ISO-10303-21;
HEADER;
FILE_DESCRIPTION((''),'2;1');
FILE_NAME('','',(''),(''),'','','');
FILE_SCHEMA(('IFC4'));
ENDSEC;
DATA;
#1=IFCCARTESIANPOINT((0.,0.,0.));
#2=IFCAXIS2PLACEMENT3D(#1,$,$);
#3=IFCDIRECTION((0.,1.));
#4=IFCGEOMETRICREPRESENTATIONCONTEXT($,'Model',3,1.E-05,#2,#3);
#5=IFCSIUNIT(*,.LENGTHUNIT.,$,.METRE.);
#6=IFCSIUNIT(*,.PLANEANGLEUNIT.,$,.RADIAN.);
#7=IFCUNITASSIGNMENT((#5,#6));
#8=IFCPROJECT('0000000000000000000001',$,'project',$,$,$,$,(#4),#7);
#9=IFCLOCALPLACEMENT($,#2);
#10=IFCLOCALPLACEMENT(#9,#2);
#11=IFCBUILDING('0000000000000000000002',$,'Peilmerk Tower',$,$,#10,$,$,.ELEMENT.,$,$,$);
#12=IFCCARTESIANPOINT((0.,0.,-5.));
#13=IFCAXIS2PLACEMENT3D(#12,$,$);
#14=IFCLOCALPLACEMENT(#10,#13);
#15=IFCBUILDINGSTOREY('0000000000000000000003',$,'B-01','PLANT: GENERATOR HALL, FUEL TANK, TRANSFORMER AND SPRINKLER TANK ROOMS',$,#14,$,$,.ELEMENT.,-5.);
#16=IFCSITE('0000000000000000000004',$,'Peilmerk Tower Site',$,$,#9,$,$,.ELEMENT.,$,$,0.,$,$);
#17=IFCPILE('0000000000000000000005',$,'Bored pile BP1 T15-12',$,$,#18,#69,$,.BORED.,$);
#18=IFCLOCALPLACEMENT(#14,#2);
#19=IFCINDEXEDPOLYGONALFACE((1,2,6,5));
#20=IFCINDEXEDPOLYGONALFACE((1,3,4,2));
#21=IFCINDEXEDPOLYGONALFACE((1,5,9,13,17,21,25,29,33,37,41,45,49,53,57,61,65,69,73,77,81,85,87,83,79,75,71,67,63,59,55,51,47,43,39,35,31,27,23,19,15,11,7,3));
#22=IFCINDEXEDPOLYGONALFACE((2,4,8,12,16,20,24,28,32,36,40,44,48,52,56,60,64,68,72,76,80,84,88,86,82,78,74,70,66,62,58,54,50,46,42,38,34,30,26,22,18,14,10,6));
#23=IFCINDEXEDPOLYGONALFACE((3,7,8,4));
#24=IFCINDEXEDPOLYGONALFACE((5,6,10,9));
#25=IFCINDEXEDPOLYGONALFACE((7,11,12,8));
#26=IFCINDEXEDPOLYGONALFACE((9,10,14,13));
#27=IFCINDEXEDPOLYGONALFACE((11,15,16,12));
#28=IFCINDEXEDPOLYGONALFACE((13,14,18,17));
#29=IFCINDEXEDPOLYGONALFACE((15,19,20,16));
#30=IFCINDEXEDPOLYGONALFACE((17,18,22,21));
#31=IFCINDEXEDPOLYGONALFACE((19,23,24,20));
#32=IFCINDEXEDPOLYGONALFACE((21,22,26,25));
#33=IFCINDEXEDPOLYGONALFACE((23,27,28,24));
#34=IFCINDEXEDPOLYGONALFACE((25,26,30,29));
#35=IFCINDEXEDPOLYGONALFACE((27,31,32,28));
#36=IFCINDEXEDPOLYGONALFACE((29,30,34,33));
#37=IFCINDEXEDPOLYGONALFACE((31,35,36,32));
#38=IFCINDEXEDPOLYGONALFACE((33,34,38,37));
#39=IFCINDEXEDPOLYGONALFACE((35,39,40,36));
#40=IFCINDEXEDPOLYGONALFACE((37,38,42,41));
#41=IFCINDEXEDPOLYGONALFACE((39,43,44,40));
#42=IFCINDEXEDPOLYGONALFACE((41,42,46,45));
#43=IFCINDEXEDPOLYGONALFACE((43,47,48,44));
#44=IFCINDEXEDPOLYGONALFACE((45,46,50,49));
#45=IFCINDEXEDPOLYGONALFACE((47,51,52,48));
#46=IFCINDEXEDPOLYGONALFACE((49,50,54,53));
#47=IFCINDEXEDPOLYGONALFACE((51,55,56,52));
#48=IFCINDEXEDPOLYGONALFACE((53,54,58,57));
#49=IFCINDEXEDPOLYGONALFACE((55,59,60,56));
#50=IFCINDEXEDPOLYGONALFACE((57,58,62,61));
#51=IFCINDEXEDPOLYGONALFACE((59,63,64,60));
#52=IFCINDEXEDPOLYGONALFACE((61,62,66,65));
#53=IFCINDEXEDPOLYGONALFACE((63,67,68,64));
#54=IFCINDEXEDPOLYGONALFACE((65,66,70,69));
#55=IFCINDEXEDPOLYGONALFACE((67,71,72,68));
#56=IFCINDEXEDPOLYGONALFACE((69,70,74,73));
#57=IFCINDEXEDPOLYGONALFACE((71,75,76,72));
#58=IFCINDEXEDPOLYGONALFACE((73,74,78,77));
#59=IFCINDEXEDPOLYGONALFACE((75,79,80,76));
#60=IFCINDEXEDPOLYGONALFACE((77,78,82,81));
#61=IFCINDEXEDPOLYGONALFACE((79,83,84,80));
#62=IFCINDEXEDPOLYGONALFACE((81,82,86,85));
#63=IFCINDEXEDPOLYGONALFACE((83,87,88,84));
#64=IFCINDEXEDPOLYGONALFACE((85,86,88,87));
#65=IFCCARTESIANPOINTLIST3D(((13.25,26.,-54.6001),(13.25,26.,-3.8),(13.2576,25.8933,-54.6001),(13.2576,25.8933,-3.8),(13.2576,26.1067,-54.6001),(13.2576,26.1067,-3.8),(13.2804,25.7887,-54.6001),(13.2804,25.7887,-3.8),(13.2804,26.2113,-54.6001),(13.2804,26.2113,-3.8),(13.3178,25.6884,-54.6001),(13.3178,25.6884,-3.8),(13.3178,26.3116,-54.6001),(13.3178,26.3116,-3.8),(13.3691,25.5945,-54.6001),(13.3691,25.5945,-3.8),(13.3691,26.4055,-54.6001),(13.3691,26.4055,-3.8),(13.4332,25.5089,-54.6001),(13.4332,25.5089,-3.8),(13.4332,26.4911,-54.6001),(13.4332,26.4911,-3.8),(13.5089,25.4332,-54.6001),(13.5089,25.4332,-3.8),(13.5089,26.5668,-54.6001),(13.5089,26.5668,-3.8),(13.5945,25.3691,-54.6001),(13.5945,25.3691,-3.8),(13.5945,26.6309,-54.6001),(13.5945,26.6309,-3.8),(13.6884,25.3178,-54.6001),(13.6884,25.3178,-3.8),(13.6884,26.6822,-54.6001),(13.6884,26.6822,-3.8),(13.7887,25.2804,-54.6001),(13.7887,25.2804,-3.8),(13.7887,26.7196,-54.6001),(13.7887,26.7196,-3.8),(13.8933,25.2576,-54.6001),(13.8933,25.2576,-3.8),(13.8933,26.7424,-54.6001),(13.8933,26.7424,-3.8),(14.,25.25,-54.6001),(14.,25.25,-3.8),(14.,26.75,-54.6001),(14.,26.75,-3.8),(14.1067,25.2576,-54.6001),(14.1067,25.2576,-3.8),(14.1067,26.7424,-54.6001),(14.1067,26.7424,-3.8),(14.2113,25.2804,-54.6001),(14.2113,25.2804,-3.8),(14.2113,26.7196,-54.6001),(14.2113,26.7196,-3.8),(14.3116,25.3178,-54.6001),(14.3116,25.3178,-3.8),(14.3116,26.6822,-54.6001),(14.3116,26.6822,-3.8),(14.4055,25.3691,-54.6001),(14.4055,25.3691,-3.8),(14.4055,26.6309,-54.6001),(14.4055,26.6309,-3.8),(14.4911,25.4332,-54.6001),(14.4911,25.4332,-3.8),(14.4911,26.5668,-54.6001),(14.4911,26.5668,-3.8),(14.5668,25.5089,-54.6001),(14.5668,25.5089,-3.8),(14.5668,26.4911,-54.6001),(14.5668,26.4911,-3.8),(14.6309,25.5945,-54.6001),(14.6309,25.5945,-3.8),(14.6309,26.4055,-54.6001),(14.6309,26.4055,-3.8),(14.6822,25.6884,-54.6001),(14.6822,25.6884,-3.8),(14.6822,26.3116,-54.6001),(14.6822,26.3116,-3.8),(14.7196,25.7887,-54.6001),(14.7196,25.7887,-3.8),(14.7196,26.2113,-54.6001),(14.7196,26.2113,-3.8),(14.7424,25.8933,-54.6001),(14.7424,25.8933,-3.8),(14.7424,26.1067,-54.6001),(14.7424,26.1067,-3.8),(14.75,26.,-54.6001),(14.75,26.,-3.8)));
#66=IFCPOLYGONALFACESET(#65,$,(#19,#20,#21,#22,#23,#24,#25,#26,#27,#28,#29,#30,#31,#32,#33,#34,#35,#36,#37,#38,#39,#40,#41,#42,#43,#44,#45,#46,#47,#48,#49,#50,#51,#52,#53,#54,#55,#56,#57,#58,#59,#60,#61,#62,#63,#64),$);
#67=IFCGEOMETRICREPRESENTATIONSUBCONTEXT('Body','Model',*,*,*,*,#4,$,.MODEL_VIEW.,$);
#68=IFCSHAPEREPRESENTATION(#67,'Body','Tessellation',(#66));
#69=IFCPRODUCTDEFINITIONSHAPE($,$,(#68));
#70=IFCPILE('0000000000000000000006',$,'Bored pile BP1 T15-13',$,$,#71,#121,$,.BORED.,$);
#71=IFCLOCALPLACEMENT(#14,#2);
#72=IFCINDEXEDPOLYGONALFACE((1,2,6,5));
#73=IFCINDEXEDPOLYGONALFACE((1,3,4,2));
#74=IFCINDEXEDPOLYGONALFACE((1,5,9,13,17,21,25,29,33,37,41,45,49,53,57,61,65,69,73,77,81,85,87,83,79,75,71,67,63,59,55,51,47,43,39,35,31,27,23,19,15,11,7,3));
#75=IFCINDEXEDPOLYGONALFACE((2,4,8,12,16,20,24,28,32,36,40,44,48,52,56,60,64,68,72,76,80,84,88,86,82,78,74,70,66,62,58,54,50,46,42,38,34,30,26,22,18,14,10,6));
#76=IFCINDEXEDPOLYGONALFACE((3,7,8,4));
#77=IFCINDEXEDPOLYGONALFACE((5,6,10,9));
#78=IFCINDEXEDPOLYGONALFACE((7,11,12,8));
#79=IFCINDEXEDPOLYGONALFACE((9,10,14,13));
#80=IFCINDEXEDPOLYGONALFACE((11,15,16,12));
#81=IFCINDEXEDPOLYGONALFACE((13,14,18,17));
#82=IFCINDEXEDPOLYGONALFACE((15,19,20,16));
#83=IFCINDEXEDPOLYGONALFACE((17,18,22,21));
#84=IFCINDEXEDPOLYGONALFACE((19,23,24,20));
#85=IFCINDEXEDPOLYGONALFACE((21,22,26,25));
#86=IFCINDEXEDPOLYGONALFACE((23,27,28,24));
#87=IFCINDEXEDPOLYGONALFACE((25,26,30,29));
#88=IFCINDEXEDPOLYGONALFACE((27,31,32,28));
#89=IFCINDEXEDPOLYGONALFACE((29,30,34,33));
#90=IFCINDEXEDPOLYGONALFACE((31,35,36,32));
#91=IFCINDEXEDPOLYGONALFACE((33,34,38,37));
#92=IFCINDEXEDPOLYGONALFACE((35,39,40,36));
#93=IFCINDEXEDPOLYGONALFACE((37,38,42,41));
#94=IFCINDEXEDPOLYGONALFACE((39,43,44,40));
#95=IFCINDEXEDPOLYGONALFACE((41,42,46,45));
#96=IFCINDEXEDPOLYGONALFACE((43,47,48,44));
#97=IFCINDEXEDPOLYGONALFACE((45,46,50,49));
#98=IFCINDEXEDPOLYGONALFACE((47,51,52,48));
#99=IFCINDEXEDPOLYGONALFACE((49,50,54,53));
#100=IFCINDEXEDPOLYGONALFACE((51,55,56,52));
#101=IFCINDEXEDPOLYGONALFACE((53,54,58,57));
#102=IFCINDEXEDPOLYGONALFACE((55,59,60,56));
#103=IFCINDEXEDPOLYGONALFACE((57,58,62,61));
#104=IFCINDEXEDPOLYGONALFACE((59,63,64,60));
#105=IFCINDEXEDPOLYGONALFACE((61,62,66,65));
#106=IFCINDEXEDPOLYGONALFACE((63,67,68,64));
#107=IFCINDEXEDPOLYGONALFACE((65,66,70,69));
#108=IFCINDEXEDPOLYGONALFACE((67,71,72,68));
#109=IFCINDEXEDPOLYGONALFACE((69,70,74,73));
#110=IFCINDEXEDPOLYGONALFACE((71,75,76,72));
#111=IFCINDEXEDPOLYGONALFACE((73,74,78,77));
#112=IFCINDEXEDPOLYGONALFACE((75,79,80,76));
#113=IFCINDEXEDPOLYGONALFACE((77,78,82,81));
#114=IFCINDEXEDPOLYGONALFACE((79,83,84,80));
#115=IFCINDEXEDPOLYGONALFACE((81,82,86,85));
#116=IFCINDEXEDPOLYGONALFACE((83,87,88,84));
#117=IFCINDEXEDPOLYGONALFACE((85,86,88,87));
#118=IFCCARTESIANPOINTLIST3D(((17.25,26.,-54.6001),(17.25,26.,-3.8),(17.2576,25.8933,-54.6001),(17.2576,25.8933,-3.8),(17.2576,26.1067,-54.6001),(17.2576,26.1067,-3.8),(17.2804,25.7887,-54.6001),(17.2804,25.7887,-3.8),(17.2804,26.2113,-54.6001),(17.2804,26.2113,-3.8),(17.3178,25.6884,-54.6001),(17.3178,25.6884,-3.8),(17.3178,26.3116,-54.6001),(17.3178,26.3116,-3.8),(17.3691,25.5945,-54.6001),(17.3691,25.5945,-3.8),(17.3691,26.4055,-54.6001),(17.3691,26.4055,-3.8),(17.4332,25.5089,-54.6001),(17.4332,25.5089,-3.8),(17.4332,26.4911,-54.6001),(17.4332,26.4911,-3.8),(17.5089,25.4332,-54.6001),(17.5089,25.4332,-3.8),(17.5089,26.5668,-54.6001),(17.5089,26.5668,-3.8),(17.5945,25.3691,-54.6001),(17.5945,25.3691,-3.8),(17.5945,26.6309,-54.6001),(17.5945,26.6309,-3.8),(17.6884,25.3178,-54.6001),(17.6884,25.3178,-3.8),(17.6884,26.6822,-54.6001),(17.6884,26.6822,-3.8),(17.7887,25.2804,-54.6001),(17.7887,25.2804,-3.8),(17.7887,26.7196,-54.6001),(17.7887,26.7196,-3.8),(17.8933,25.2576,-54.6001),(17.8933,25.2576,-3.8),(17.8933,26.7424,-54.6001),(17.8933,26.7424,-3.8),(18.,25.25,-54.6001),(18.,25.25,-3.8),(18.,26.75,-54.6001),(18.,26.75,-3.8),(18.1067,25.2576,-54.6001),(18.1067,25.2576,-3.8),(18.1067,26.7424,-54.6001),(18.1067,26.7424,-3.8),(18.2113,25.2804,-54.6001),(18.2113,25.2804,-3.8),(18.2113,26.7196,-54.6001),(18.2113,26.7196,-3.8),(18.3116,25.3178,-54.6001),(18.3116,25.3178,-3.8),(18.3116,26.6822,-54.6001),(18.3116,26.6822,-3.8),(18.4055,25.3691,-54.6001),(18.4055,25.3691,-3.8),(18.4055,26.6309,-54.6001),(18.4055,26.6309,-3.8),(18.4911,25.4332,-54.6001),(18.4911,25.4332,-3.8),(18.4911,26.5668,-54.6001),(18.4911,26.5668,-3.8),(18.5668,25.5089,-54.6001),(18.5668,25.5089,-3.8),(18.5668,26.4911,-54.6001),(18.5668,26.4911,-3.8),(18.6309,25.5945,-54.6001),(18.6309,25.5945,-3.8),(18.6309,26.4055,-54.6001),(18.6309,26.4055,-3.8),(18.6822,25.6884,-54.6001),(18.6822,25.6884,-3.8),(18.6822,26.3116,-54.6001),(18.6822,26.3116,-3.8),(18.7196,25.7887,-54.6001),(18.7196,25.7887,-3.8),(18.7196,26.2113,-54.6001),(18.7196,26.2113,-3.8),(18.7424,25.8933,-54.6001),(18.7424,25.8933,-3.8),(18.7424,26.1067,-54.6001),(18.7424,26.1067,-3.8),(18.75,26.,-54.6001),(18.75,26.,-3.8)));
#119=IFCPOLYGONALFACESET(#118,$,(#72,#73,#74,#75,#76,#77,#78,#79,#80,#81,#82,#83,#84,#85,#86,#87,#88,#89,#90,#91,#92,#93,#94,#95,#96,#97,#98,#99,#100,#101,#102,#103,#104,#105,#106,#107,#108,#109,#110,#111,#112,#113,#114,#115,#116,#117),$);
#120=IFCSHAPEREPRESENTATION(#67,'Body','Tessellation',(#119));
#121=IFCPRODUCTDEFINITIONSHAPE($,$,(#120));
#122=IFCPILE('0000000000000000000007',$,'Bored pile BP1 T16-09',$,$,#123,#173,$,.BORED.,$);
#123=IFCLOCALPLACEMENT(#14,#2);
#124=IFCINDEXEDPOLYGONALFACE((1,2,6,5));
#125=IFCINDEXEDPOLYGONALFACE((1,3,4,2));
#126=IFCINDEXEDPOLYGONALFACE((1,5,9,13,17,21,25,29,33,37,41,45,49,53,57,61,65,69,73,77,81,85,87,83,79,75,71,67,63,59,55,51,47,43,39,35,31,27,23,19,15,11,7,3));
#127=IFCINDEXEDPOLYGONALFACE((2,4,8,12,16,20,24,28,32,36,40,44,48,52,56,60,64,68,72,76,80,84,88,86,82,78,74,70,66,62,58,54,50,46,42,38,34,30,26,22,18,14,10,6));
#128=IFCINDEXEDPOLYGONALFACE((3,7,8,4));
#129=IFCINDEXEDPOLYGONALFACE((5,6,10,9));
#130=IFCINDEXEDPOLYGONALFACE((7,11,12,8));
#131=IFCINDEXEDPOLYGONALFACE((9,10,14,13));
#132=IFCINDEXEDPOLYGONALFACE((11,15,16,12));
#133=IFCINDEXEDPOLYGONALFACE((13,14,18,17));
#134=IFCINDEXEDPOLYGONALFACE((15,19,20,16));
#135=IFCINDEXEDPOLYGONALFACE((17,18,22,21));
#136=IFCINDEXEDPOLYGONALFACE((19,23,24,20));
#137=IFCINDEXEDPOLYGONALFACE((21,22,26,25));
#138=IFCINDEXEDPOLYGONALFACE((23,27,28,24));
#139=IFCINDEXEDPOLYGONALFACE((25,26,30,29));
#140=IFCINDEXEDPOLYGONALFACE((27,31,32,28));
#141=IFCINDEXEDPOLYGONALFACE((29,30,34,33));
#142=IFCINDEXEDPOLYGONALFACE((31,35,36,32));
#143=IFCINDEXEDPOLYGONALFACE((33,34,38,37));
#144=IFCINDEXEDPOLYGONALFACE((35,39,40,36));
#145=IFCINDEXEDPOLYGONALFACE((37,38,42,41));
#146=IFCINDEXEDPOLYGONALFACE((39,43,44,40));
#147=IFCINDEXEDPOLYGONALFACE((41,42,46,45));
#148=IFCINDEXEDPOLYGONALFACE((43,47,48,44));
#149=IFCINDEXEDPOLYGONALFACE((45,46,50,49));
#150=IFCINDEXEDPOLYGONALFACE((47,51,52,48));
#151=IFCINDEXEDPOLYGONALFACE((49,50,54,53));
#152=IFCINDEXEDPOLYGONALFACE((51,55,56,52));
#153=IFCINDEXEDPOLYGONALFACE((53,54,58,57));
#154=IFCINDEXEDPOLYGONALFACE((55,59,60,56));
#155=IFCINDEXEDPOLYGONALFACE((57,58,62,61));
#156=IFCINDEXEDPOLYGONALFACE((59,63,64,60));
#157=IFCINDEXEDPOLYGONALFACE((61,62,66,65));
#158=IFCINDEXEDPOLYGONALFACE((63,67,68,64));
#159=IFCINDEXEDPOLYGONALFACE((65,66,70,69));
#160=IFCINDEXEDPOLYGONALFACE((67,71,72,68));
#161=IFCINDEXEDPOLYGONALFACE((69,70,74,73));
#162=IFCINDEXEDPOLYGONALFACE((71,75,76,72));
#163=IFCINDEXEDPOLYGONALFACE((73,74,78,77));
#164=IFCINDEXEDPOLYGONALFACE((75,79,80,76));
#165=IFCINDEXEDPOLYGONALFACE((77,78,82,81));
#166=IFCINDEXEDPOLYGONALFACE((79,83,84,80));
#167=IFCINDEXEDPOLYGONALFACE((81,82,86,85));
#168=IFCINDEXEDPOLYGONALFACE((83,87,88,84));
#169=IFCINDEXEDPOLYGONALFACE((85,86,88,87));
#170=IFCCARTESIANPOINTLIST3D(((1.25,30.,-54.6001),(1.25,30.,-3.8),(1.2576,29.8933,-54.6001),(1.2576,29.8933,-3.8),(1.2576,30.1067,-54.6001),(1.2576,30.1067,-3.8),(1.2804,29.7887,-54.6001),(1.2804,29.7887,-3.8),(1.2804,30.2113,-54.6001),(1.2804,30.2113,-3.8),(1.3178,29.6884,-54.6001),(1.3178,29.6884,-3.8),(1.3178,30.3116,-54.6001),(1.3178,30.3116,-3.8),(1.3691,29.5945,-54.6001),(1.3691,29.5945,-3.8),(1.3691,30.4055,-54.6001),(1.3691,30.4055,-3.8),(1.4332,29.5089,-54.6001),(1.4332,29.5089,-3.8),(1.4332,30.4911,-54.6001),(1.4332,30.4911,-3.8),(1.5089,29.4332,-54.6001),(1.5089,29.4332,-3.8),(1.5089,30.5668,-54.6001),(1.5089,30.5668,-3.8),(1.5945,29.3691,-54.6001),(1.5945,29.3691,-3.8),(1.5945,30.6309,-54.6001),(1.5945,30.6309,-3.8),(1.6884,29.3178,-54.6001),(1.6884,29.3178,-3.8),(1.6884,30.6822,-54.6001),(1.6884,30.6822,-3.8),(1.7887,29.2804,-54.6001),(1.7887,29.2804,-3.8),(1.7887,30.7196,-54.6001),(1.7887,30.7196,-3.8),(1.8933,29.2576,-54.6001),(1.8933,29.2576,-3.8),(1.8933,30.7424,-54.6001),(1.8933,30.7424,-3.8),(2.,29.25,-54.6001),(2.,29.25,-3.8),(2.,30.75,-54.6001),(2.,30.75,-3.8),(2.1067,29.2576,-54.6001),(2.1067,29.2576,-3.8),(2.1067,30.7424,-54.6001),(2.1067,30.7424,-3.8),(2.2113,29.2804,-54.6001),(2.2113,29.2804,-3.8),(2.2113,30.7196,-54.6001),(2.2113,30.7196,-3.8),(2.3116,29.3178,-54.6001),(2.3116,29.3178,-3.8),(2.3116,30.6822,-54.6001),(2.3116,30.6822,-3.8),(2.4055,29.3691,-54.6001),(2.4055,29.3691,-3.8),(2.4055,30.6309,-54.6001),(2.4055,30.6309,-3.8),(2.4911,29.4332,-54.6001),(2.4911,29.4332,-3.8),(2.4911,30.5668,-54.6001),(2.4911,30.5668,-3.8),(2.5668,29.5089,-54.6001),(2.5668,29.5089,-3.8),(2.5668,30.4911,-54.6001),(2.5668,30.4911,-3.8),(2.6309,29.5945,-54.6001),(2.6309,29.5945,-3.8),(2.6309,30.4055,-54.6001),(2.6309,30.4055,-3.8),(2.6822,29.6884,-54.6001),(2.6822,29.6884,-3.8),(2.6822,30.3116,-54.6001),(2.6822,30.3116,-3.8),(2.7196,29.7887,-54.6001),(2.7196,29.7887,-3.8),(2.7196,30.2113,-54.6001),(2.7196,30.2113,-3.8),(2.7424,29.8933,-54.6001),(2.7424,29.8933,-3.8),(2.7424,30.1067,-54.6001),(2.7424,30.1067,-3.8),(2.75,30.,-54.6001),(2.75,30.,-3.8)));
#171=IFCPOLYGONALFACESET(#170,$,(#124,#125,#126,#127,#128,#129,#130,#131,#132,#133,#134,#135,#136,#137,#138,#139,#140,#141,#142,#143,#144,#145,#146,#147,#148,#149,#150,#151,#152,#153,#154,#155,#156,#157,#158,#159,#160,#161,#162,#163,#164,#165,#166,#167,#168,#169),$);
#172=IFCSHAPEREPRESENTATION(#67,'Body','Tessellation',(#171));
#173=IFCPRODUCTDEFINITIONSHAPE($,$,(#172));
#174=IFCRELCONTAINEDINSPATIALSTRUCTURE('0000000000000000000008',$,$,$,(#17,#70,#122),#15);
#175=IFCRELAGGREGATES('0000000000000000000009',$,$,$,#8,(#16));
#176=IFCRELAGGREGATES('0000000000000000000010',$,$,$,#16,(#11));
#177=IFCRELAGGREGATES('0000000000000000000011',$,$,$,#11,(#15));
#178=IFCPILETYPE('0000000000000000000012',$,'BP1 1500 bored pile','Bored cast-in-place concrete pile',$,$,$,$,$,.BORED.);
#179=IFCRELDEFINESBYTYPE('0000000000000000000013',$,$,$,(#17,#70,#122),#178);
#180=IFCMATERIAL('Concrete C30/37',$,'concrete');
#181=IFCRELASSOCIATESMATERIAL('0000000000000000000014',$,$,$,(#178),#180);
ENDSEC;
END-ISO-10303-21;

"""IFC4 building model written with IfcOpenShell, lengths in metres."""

from ifc_helpers import new_model, si_unit, direction, frame, origin, origin_2d, place, context, subcontext, project, spatial, circle, extrude, material, material_profile, profile_set, type_object, element, save


model = new_model("IFC4")

# Units and contexts
model_context = context("Model", 3, precision=1e-05, world=origin(), true_north=direction((0.0, 1.0)))
body_context = subcontext(model_context, "Body", "Model", "MODEL_VIEW")
ifc_project = project(units=[si_unit("LENGTHUNIT", "METRE"), si_unit("PLANEANGLEUNIT", "RADIAN")], contexts=[model_context])

# Site, building, storey
site_placement = place(None, origin())
site = spatial("IfcSite", under=ifc_project, at=site_placement, Name="Peilmerk Tower Site", CompositionType="ELEMENT", RefElevation=0.0)
building_placement = place(site_placement, origin())
building = spatial("IfcBuilding", under=site, at=building_placement, Name="Peilmerk Tower", CompositionType="ELEMENT")
storey_placement = place(building_placement, frame((0.0, 0.0, -5.0)))
storey = spatial("IfcBuildingStorey", under=building, at=storey_placement, Name="B-01", Description="PLANT: GENERATOR HALL, FUEL TANK, TRANSFORMER AND SPRINKLER TANK ROOMS", CompositionType="ELEMENT", Elevation=-5.0)

# Piles
ifc_material_1 = material(Name="Concrete C30/37", Category="concrete")
ifc_material_profile_1 = material_profile(ifc_material_1, circle(Radius=0.75, at=origin_2d()), Name="BP 1500")
ifc_profile_set_1 = profile_set([ifc_material_profile_1], Name="Concrete C30/37")
pile_type = type_object("IfcPileType", Name="BP1 1500 bored pile", Description="Bored cast-in-place concrete pile", PredefinedType="BORED", material=ifc_profile_set_1)
for number, where, z_axis, x_axis, name in (
    (1, (14.0, 26.0, -3.8), (0.0, 0.0, -1.0), (1.0, 0.0, 0.0), "Bored pile BP1 T15-12"),
    (2, (18.0, 26.0, -3.8), (0.0, 0.0, -1.0), (1.0, 0.0, 0.0), "Bored pile BP1 T15-13"),
    (3, (2.0, 30.0, -3.8), (0.0, 0.0, -1.0), (1.0, 0.0, 0.0), "Bored pile BP1 T16-09"),
):
    element("IfcPile", number, at=place(storey_placement, frame(where, z_axis=z_axis, x_axis=x_axis)), inside=storey, type_object=pile_type, Name=name, PredefinedType="BORED", context=body_context, shape_type="SweptSolid", body=[
        extrude(circle(Radius=0.75, at=origin_2d()), origin(), (0.0, 0.0, 1.0), 50.8),
    ])

save(model, "model.ifc")
